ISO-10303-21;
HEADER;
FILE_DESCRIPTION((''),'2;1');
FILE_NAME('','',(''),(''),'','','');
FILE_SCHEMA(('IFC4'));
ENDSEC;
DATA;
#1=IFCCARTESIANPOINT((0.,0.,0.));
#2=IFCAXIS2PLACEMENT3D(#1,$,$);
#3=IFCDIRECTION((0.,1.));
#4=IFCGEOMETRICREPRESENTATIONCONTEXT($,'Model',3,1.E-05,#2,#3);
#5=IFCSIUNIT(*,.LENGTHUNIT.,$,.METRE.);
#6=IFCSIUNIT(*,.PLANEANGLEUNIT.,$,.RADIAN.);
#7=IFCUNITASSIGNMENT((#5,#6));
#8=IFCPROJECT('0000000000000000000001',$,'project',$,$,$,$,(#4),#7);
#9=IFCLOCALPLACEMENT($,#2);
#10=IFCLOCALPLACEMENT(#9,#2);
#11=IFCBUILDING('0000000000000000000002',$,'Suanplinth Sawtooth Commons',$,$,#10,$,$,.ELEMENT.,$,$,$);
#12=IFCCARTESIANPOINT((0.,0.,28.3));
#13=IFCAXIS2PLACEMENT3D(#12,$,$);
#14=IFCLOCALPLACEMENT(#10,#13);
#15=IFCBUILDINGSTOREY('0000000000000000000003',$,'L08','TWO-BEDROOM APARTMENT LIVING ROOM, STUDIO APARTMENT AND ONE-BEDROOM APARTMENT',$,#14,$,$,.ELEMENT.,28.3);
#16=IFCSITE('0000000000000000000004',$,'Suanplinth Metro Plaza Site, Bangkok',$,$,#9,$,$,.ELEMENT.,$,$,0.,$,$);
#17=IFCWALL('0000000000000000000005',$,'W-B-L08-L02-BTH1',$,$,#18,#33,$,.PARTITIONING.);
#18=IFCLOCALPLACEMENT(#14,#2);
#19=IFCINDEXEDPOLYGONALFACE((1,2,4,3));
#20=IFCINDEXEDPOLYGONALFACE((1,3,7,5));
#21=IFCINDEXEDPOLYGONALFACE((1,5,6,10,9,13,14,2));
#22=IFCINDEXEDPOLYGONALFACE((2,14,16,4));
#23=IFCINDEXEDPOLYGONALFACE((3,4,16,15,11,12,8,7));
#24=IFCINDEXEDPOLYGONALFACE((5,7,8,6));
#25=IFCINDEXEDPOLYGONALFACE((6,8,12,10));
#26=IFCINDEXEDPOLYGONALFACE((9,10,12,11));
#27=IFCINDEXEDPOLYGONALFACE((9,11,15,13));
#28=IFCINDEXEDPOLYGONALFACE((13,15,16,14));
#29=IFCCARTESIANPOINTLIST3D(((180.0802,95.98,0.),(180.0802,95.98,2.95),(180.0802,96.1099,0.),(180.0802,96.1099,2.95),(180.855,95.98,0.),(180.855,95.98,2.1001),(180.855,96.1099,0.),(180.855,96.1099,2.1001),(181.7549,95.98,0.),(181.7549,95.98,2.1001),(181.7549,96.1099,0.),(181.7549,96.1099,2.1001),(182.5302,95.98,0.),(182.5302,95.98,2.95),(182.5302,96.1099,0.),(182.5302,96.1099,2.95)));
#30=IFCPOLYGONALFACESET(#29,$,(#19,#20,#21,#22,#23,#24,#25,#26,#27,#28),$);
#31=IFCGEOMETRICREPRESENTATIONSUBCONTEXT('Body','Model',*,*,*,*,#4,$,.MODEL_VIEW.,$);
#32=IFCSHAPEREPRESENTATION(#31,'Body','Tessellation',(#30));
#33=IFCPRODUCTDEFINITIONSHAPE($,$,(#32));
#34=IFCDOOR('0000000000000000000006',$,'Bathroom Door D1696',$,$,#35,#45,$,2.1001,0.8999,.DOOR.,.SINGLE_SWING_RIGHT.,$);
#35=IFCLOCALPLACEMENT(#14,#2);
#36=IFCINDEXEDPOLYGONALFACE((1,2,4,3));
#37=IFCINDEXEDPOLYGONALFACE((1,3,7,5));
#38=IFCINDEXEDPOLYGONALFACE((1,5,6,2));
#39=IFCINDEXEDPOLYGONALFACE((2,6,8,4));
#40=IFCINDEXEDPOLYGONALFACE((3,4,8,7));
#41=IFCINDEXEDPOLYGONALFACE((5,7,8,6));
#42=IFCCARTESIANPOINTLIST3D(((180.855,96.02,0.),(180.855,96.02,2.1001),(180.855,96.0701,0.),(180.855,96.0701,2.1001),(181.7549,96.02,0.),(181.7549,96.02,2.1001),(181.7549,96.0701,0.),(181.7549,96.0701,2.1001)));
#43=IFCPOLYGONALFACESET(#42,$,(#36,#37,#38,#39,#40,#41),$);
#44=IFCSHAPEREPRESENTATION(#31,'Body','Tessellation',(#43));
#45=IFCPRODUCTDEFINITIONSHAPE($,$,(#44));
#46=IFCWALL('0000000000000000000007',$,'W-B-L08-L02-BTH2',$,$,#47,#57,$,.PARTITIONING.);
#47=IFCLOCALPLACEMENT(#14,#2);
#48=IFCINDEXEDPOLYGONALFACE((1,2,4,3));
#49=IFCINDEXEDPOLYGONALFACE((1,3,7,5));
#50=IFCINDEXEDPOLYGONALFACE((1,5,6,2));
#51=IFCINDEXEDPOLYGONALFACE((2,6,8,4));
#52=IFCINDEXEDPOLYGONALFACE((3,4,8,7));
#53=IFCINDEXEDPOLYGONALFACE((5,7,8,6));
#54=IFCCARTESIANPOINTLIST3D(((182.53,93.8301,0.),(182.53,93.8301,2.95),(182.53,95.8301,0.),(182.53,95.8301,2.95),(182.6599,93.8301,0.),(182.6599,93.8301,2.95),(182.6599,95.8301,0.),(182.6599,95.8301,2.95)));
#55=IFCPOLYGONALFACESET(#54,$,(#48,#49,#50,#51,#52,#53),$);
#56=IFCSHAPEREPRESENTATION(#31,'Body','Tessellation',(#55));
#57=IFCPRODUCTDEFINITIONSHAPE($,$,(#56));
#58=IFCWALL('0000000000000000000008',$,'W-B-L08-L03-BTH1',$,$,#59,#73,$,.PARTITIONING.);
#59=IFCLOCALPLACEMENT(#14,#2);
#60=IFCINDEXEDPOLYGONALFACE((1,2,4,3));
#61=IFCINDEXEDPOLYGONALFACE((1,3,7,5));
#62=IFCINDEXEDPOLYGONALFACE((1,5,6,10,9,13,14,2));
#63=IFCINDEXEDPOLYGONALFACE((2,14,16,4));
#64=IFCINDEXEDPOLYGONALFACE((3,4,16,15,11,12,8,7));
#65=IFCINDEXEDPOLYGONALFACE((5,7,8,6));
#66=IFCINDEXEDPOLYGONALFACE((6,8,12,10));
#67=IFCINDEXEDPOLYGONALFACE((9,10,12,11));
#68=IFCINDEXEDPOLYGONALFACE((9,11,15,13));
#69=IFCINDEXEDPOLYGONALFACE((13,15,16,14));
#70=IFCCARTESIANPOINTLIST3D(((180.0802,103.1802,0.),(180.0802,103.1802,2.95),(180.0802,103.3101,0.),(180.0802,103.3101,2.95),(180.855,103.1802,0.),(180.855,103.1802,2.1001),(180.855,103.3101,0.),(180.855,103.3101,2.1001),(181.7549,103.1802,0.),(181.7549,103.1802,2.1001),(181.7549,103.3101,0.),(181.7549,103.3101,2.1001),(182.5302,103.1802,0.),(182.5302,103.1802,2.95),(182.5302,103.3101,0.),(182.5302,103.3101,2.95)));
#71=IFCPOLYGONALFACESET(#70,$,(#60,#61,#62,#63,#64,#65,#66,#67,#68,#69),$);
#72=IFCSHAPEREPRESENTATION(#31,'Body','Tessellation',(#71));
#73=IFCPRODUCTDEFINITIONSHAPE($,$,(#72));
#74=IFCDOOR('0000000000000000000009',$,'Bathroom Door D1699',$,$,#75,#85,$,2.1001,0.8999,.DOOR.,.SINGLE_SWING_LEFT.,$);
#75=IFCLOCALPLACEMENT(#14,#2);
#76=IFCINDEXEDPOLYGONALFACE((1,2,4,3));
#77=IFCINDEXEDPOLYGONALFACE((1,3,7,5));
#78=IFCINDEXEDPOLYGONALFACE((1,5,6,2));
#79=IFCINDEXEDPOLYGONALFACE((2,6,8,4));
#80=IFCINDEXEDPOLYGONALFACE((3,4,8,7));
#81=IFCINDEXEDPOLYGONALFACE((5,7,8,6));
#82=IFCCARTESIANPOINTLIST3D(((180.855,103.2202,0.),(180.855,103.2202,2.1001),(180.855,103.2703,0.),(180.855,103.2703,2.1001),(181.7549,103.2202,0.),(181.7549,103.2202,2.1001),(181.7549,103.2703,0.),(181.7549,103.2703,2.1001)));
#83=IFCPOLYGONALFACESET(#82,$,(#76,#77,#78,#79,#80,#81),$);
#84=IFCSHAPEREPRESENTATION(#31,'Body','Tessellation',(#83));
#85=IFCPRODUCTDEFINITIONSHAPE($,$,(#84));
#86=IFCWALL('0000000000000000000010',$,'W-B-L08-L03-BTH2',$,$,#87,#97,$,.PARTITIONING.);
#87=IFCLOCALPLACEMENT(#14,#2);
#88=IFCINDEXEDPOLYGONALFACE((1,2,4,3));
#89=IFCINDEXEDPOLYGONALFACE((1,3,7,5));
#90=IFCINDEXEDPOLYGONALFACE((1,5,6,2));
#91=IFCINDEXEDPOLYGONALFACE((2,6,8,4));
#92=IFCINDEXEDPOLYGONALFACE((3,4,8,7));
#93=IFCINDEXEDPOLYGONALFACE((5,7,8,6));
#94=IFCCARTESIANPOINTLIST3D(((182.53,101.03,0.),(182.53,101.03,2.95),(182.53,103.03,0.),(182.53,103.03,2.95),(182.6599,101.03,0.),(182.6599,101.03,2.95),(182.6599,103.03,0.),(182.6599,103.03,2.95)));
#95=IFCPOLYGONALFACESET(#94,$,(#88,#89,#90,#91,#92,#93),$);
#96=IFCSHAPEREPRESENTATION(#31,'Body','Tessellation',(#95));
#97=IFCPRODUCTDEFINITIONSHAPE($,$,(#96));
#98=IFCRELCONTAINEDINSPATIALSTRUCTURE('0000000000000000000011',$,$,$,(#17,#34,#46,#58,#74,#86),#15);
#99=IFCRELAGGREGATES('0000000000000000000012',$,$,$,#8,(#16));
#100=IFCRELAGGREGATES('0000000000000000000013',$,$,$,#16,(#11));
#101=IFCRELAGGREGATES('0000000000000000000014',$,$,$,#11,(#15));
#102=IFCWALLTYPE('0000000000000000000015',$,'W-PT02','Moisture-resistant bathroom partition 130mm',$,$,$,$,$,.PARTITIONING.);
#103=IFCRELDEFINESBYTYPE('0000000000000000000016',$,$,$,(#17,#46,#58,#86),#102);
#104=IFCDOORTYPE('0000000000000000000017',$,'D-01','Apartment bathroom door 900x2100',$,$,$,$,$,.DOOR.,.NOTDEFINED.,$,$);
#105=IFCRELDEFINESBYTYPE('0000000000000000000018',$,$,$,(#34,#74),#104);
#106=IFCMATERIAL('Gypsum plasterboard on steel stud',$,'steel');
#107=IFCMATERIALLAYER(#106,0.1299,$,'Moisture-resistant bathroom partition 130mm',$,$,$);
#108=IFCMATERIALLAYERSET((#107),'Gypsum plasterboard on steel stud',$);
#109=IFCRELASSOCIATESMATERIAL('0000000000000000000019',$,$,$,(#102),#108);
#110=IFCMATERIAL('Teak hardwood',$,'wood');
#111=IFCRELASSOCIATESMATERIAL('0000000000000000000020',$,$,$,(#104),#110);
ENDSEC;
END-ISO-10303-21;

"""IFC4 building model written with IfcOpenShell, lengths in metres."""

from ifc_helpers import new_model, si_unit, direction, frame, frame_2d, origin, place, context, subcontext, project, spatial, rectangle, extrude, material, layer, layer_set, type_object, element, fill, save


model = new_model("IFC4")

# Units and contexts
model_context = context("Model", 3, precision=1e-05, world=origin(), true_north=direction((0.0, 1.0)))
body_context = subcontext(model_context, "Body", "Model", "MODEL_VIEW")
ifc_project = project(units=[si_unit("LENGTHUNIT", "METRE"), si_unit("PLANEANGLEUNIT", "RADIAN")], contexts=[model_context])

# Site, building, storey
site_placement = place(None, origin())
site = spatial("IfcSite", under=ifc_project, at=site_placement, Name="Suanplinth Metro Plaza Site, Bangkok", CompositionType="ELEMENT", RefElevation=0.0)
building_placement = place(site_placement, origin())
building = spatial("IfcBuilding", under=site, at=building_placement, Name="Suanplinth Sawtooth Commons", CompositionType="ELEMENT")
storey_placement = place(building_placement, frame((0.0, 0.0, 28.3)))
storey = spatial("IfcBuildingStorey", under=building, at=storey_placement, Name="L08", Description="TWO-BEDROOM APARTMENT LIVING ROOM, STUDIO APARTMENT AND ONE-BEDROOM APARTMENT", CompositionType="ELEMENT", Elevation=28.3)

# Shared definitions
ifc_material_1 = material(Name="Gypsum plasterboard on steel stud", Category="steel")
ifc_layer_1 = layer(ifc_material_1, 0.1299, Name="Moisture-resistant bathroom partition 130mm")
ifc_layer_set_1 = layer_set([ifc_layer_1], Name="Gypsum plasterboard on steel stud")
wall_type_1 = type_object("IfcWallType", Name="W-PT02", Description="Moisture-resistant bathroom partition 130mm", PredefinedType="PARTITIONING", material=ifc_layer_set_1)
ifc_material_2 = material(Name="Teak hardwood", Category="wood")
door_type_1 = type_object("IfcDoorType", Name="D-01", Description="Apartment bathroom door 900x2100", OperationType="NOTDEFINED", PredefinedType="DOOR", material=ifc_material_2)

# Wall, opening, door
wall_1_placement = place(storey_placement, frame((180.0801, 96.0449, 0.0), z_axis=(0.0, 0.0, 1.0), x_axis=(1.0, 0.0, 0.0)))
wall_1 = element("IfcWall", 1, at=wall_1_placement, inside=storey, type_object=wall_type_1, Name="W-B-L08-L02-BTH1", PredefinedType="PARTITIONING", context=body_context, shape_type="SweptSolid", body=[
    extrude(rectangle(XDim=2.45, YDim=0.1299, at=frame_2d((1.2251, 0.0))), origin(), (0.0, 0.0, 1.0), 2.95),
])
opening_1_placement = place(wall_1_placement, frame((0.7749, 0.0, 0.0)))
opening_1 = element("IfcOpeningElement", 2, at=opening_1_placement, cuts=wall_1, PredefinedType="OPENING", context=body_context, shape_type="SweptSolid", body=[
    extrude(rectangle(XDim=0.8999, YDim=2.1001, at=frame_2d((0.45, 1.05))), frame((0.0, 0.0798, 0.0), z_axis=(0.0, -1.0, 0.0), x_axis=(1.0, 0.0, 0.0)), (0.0, 0.0, 1.0), 0.1597),
])
door_1_placement = place(opening_1_placement, frame((0.8999, 0.0, 0.0), z_axis=(0.0, 0.0, 1.0), x_axis=(-1.0, 0.0, 0.0)))
door_1 = element("IfcDoor", 3, at=door_1_placement, inside=storey, type_object=door_type_1, Name="Bathroom Door D1696", OperationType="SINGLE_SWING_RIGHT", OverallHeight=2.1001, OverallWidth=0.8999, PredefinedType="DOOR", context=body_context, shape_type="SweptSolid", body=[
    extrude(rectangle(XDim=0.8999, YDim=2.1001, at=frame_2d((0.45, 1.05))), frame((0.0, 0.0249, 0.0), z_axis=(0.0, -1.0, 0.0), x_axis=(1.0, 0.0, 0.0)), (0.0, 0.0, 1.0), 0.05),
])
fill(opening_1, door_1)

# Wall
wall_2_placement = place(storey_placement, frame((182.595, 93.8301, 0.0), z_axis=(0.0, 0.0, 1.0), x_axis=(0.0, 1.0, 0.0)))
element("IfcWall", 4, at=wall_2_placement, inside=storey, type_object=wall_type_1, Name="W-B-L08-L02-BTH2", PredefinedType="PARTITIONING", context=body_context, shape_type="SweptSolid", body=[
    extrude(rectangle(XDim=2.0, YDim=0.1299, at=frame_2d((1.0, 0.0))), origin(), (0.0, 0.0, 1.0), 2.95),
])

# Wall, opening, door
wall_3_placement = place(storey_placement, frame((180.0801, 103.2451, 0.0), z_axis=(0.0, 0.0, 1.0), x_axis=(1.0, 0.0, 0.0)))
wall_3 = element("IfcWall", 5, at=wall_3_placement, inside=storey, type_object=wall_type_1, Name="W-B-L08-L03-BTH1", PredefinedType="PARTITIONING", context=body_context, shape_type="SweptSolid", body=[
    extrude(rectangle(XDim=2.45, YDim=0.1299, at=frame_2d((1.2251, 0.0))), origin(), (0.0, 0.0, 1.0), 2.95),
])
opening_2_placement = place(wall_3_placement, frame((0.7749, 0.0, 0.0)))
opening_2 = element("IfcOpeningElement", 6, at=opening_2_placement, cuts=wall_3, PredefinedType="OPENING", context=body_context, shape_type="SweptSolid", body=[
    extrude(rectangle(XDim=0.8999, YDim=2.1001, at=frame_2d((0.45, 1.05))), frame((0.0, 0.0798, 0.0), z_axis=(0.0, -1.0, 0.0), x_axis=(1.0, 0.0, 0.0)), (0.0, 0.0, 1.0), 0.1597),
])
door_2_placement = place(opening_2_placement, frame((0.8999, 0.0, 0.0), z_axis=(0.0, 0.0, 1.0), x_axis=(-1.0, 0.0, 0.0)))
door_2 = element("IfcDoor", 7, at=door_2_placement, inside=storey, type_object=door_type_1, Name="Bathroom Door D1699", OperationType="SINGLE_SWING_LEFT", OverallHeight=2.1001, OverallWidth=0.8999, PredefinedType="DOOR", context=body_context, shape_type="SweptSolid", body=[
    extrude(rectangle(XDim=0.8999, YDim=2.1001, at=frame_2d((0.45, 1.05))), frame((0.0, 0.0249, 0.0), z_axis=(0.0, -1.0, 0.0), x_axis=(1.0, 0.0, 0.0)), (0.0, 0.0, 1.0), 0.05),
])
fill(opening_2, door_2)

# Wall
wall_4_placement = place(storey_placement, frame((182.595, 101.03, 0.0), z_axis=(0.0, 0.0, 1.0), x_axis=(0.0, 1.0, 0.0)))
element("IfcWall", 8, at=wall_4_placement, inside=storey, type_object=wall_type_1, Name="W-B-L08-L03-BTH2", PredefinedType="PARTITIONING", context=body_context, shape_type="SweptSolid", body=[
    extrude(rectangle(XDim=2.0, YDim=0.1299, at=frame_2d((1.0, 0.0))), origin(), (0.0, 0.0, 1.0), 2.95),
])

save(model, "model.ifc")
